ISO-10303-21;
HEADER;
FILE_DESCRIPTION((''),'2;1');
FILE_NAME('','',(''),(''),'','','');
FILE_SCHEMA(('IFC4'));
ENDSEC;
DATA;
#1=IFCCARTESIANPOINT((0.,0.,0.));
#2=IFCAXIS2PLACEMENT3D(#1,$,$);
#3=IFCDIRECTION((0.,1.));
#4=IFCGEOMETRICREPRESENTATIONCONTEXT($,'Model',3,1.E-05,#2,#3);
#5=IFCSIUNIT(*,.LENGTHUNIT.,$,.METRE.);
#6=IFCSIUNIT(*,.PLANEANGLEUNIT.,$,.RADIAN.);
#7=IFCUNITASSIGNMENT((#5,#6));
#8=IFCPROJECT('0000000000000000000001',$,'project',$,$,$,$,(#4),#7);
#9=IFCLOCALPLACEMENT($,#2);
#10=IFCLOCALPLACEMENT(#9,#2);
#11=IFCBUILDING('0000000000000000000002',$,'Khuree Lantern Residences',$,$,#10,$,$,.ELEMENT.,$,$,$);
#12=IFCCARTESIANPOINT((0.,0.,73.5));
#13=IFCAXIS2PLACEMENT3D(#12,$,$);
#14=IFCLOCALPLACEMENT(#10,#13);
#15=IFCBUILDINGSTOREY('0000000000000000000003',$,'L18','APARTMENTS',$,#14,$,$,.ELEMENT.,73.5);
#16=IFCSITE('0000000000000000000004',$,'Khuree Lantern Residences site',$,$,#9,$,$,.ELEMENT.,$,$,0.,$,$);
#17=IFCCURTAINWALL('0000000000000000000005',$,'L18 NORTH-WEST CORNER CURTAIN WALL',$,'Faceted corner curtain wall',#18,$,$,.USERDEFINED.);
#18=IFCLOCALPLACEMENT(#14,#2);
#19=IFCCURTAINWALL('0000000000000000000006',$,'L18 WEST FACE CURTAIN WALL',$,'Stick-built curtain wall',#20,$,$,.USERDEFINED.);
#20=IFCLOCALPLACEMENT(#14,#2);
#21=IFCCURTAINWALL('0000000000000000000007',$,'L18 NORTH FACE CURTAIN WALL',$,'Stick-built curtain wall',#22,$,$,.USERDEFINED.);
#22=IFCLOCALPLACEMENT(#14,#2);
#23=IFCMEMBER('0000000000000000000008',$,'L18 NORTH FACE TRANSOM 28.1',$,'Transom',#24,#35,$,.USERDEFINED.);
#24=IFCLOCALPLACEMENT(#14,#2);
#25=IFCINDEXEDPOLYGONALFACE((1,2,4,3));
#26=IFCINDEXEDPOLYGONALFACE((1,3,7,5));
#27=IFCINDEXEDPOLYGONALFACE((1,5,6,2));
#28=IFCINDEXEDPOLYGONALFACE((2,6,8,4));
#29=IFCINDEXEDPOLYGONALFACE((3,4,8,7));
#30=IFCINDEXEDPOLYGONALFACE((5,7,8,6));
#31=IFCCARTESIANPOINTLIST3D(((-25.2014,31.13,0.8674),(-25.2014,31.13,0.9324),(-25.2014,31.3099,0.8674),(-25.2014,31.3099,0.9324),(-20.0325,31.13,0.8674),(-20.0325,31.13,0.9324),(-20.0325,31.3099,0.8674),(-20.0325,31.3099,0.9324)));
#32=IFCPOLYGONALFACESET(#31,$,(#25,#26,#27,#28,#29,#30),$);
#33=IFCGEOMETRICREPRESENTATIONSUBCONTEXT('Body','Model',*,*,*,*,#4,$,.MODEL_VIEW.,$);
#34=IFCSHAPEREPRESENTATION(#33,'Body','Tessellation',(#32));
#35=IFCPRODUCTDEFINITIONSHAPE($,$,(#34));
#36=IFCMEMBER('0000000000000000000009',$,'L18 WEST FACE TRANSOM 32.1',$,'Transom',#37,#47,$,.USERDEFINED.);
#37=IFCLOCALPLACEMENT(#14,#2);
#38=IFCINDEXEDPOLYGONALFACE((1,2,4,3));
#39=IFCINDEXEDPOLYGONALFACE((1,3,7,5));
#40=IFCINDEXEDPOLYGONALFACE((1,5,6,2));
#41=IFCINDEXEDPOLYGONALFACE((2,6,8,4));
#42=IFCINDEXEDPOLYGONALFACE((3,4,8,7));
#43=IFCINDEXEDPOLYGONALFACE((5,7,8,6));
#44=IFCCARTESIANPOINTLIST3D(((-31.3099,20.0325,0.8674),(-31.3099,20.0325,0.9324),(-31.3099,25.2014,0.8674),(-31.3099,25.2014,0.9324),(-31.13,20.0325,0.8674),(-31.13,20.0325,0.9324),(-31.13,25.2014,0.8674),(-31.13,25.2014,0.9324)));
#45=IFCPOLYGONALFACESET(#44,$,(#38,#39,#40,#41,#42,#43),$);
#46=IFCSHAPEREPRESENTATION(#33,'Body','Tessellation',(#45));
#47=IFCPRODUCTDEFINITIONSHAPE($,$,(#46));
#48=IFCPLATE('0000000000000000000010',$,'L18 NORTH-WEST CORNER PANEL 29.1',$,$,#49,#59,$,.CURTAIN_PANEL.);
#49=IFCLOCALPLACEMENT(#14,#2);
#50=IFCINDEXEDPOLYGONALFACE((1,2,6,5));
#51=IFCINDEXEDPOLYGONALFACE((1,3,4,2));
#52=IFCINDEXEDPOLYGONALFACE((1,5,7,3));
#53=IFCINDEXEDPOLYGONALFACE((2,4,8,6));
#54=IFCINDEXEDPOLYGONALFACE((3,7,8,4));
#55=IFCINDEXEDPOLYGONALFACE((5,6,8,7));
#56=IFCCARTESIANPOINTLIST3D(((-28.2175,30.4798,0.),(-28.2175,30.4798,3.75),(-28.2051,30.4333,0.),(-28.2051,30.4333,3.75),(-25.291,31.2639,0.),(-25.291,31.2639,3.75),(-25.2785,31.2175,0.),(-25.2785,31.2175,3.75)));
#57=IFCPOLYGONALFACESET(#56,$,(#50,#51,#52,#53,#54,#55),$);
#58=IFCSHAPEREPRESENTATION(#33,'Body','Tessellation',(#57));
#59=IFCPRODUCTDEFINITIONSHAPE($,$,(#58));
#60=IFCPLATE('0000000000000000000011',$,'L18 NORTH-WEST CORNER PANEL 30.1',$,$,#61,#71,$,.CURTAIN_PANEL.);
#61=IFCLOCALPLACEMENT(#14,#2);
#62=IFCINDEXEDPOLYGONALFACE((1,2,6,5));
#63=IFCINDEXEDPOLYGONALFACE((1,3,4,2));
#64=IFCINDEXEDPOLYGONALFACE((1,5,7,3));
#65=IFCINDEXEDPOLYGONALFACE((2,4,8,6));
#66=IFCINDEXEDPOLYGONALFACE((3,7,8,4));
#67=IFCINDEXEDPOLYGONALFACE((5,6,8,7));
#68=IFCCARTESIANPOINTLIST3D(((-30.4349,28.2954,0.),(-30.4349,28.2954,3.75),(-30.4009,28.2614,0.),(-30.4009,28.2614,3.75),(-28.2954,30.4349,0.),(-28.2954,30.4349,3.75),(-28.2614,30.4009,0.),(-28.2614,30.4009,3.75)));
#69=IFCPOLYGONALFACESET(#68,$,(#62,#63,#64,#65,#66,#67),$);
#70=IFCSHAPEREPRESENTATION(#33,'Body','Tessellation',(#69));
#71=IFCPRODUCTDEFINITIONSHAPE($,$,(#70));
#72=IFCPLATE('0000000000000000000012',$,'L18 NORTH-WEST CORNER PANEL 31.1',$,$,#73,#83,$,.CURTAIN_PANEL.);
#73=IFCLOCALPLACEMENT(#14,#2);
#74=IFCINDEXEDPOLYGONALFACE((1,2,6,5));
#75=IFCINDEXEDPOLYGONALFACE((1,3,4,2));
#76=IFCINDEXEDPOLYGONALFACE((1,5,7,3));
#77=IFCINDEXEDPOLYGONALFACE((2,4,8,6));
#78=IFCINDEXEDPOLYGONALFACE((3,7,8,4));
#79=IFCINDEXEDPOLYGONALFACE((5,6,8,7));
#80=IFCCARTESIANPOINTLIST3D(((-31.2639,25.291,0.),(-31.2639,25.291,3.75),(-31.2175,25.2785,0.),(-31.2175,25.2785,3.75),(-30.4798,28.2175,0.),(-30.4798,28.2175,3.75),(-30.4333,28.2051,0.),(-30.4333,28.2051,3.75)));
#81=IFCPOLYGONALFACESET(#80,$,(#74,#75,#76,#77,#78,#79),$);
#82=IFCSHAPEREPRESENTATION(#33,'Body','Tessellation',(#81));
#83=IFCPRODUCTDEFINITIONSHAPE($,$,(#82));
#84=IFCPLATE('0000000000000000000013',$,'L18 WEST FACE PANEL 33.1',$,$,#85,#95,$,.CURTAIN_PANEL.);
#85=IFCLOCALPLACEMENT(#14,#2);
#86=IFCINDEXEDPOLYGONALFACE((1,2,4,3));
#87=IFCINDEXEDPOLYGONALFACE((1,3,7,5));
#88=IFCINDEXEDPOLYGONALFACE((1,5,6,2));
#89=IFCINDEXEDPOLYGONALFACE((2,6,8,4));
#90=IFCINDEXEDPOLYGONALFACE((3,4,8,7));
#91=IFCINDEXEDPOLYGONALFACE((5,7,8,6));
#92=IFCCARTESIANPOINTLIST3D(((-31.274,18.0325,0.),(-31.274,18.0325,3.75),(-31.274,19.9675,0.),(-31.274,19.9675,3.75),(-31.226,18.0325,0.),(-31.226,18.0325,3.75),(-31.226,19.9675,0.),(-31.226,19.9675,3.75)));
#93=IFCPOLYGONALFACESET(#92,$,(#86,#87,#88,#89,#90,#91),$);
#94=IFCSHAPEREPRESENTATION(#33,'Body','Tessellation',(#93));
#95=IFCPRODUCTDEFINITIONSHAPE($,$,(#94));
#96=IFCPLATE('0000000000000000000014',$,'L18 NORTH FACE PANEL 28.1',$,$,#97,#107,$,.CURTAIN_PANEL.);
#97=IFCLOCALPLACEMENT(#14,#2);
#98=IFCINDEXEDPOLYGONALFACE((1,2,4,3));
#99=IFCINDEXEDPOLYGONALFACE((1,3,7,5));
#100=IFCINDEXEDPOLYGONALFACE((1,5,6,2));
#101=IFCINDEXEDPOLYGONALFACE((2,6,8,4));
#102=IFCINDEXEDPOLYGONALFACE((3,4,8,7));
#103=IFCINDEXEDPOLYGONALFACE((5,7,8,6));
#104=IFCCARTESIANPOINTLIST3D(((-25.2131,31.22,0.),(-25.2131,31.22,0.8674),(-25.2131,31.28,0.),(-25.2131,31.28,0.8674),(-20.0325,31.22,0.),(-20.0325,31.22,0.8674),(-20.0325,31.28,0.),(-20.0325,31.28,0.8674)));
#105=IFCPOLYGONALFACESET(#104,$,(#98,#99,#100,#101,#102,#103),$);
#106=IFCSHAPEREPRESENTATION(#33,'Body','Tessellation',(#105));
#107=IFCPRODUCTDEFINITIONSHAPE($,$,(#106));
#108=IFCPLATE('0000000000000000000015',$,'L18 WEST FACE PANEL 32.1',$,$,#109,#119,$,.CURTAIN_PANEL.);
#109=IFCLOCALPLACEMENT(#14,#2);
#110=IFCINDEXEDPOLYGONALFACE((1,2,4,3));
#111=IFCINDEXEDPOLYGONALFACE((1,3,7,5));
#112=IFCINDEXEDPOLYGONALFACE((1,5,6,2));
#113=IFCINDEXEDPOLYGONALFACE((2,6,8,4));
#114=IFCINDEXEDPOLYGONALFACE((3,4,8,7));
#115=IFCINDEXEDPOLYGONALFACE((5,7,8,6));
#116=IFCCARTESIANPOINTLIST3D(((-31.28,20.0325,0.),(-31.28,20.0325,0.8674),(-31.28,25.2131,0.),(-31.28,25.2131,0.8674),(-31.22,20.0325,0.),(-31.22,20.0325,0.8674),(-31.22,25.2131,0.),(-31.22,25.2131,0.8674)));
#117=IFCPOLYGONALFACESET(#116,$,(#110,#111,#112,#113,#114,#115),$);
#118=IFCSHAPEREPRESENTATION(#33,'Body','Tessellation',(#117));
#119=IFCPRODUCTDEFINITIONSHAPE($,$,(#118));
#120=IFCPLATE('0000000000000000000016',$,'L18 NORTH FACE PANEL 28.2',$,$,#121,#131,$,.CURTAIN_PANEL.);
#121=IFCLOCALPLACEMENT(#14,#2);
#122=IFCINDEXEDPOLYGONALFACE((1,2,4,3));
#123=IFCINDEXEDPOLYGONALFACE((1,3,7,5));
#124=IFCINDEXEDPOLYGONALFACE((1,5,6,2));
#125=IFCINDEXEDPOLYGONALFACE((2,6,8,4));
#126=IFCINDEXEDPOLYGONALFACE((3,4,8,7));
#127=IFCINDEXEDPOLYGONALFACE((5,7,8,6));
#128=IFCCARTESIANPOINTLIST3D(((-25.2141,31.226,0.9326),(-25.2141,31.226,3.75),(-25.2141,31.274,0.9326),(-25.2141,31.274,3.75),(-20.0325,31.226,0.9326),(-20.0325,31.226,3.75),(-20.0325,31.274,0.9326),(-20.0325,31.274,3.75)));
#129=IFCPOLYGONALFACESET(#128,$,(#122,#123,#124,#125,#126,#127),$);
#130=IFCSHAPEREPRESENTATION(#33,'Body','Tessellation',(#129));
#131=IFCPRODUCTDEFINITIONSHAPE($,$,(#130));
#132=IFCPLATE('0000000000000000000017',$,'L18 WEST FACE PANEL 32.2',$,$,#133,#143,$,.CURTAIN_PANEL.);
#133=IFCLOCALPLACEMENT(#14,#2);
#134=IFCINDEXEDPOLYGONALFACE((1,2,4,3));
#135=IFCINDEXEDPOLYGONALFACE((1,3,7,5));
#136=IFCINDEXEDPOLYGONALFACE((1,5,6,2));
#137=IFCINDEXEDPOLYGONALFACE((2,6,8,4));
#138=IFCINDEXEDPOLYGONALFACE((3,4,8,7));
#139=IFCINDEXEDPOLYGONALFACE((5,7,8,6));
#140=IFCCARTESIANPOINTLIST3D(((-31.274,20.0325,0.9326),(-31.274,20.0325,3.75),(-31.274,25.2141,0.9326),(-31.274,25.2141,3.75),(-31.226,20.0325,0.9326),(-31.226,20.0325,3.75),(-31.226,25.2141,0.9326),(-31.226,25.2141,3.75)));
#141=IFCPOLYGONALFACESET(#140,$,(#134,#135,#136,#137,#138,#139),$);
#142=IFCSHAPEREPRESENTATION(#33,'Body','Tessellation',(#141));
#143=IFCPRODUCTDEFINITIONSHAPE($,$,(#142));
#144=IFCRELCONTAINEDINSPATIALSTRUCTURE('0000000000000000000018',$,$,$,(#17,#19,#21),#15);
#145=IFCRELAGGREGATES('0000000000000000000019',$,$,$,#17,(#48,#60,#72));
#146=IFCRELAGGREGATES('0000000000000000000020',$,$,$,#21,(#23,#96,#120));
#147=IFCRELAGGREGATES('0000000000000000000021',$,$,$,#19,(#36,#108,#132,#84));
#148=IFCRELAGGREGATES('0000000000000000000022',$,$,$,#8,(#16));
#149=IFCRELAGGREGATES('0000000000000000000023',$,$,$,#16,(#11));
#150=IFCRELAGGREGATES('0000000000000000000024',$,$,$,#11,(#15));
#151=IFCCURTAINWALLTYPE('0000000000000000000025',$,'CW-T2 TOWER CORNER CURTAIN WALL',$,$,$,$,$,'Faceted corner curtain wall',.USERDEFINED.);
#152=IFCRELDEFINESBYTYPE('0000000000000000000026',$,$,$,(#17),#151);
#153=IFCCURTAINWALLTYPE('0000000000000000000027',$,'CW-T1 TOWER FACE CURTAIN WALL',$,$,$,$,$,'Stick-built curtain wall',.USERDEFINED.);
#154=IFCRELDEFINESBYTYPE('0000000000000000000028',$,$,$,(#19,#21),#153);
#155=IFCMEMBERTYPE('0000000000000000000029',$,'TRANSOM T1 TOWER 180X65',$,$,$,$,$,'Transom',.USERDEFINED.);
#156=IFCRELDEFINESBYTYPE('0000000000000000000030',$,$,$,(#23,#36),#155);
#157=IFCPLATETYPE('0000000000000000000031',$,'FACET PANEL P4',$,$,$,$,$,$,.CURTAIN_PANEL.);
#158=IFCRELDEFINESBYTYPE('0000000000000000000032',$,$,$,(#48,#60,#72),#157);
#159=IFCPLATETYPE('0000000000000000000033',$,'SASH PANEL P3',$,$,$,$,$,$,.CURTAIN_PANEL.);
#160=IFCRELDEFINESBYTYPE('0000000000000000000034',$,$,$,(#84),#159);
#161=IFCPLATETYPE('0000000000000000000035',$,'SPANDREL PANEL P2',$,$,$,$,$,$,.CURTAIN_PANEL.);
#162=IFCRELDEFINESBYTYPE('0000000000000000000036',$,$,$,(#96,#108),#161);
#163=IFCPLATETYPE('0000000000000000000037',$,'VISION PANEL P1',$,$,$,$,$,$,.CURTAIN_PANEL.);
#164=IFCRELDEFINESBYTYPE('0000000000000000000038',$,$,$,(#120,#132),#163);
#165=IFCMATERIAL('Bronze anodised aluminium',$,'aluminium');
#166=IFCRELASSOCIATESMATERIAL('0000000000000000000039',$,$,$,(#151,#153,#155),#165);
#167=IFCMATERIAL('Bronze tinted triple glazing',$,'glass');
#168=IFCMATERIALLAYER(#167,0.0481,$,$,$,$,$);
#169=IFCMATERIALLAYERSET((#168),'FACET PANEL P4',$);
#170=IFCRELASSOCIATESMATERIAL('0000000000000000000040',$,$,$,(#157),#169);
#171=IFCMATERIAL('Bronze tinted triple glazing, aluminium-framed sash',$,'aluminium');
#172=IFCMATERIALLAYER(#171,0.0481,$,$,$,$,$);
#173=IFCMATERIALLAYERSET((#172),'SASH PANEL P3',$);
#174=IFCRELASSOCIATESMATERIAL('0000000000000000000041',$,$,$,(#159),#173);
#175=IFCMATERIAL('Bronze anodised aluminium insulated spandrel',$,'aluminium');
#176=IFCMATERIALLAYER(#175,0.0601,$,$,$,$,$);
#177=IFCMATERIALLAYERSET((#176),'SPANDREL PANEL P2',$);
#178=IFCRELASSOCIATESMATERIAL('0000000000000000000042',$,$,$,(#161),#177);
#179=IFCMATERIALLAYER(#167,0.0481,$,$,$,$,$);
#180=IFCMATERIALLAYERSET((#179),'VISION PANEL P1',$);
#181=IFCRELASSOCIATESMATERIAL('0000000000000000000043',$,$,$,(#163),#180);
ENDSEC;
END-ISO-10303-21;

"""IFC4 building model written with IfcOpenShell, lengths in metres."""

from ifc_helpers import new_model, si_unit, direction, frame, origin, origin_2d, place, context, subcontext, project, spatial, rectangle, extrude, material, layer, layer_set, material_profile, profile_set, type_object, element, aggregate, save


model = new_model("IFC4")

# Units and contexts
model_context = context("Model", 3, precision=1e-05, world=origin(), true_north=direction((0.0, 1.0)))
body_context = subcontext(model_context, "Body", "Model", "MODEL_VIEW")
ifc_project = project(units=[si_unit("LENGTHUNIT", "METRE"), si_unit("PLANEANGLEUNIT", "RADIAN")], contexts=[model_context])

# Site, building, storey
site_placement = place(None, origin())
site = spatial("IfcSite", under=ifc_project, at=site_placement, Name="Khuree Lantern Residences site", CompositionType="ELEMENT", RefElevation=0.0)
building_placement = place(site_placement, origin())
building = spatial("IfcBuilding", under=site, at=building_placement, Name="Khuree Lantern Residences", CompositionType="ELEMENT")
storey_placement = place(building_placement, frame((0.0, 0.0, 73.5)))
storey = spatial("IfcBuildingStorey", under=building, at=storey_placement, Name="L18", Description="APARTMENTS", CompositionType="ELEMENT", Elevation=73.5)

# Curtain wall
ifc_material_1 = material(Name="Bronze anodised aluminium", Category="aluminium")
curtain_wall_type_1 = type_object("IfcCurtainWallType", Name="CW-T2 TOWER CORNER CURTAIN WALL", ElementType="Faceted corner curtain wall", PredefinedType="USERDEFINED", material=ifc_material_1)
curtain_wall_1_placement = place(storey_placement, origin())
curtain_wall_1 = element("IfcCurtainWall", 1, at=curtain_wall_1_placement, inside=storey, type_object=curtain_wall_type_1, Name="L18 NORTH-WEST CORNER CURTAIN WALL", ObjectType="Faceted corner curtain wall", PredefinedType="USERDEFINED")

# Curtain wall
curtain_wall_type_2 = type_object("IfcCurtainWallType", Name="CW-T1 TOWER FACE CURTAIN WALL", ElementType="Stick-built curtain wall", PredefinedType="USERDEFINED", material=ifc_material_1)
curtain_wall_2_placement = place(storey_placement, origin())
curtain_wall_2 = element("IfcCurtainWall", 2, at=curtain_wall_2_placement, inside=storey, type_object=curtain_wall_type_2, Name="L18 WEST FACE CURTAIN WALL", ObjectType="Stick-built curtain wall", PredefinedType="USERDEFINED")

# Curtain wall, member
curtain_wall_3_placement = place(storey_placement, origin())
curtain_wall_3 = element("IfcCurtainWall", 3, at=curtain_wall_3_placement, inside=storey, type_object=curtain_wall_type_2, Name="L18 NORTH FACE CURTAIN WALL", ObjectType="Stick-built curtain wall", PredefinedType="USERDEFINED")
ifc_material_profile_1 = material_profile(ifc_material_1, rectangle(XDim=0.1799, YDim=0.0649, at=origin_2d()), Name="T1 180X65")
ifc_profile_set_1 = profile_set([ifc_material_profile_1], Name="Bronze anodised aluminium")
member_type_1 = type_object("IfcMemberType", Name="TRANSOM T1 TOWER 180X65", ElementType="Transom", PredefinedType="USERDEFINED", material=ifc_profile_set_1)
member_1_placement = place(storey_placement, frame((-20.0325, 31.22, 0.8999), z_axis=(-1.0, 0.0, 0.0), x_axis=(0.0, -1.0, 0.0)))
member_1 = element("IfcMember", 4, at=member_1_placement, type_object=member_type_1, Name="L18 NORTH FACE TRANSOM 28.1", ObjectType="Transom", PredefinedType="USERDEFINED", context=body_context, shape_type="SweptSolid", body=[
    extrude(rectangle(XDim=0.1799, YDim=0.0649, at=origin_2d()), origin(), (0.0, 0.0, 1.0), 5.1689),
])

# Member
member_2_placement = place(storey_placement, frame((-31.22, 25.2014, 0.8999), z_axis=(0.0, -1.0, 0.0), x_axis=(1.0, 0.0, 0.0)))
member_2 = element("IfcMember", 5, at=member_2_placement, type_object=member_type_1, Name="L18 WEST FACE TRANSOM 32.1", ObjectType="Transom", PredefinedType="USERDEFINED", context=body_context, shape_type="SweptSolid", body=[
    extrude(rectangle(XDim=0.1799, YDim=0.0649, at=origin_2d()), origin(), (0.0, 0.0, 1.0), 5.1689),
])

# Plates
ifc_material_2 = material(Name="Bronze tinted triple glazing", Category="glass")
ifc_layer_1 = layer(ifc_material_2, 0.0481)
ifc_layer_set_1 = layer_set([ifc_layer_1], Name="FACET PANEL P4")
plate_type_1 = type_object("IfcPlateType", Name="FACET PANEL P4", PredefinedType="CURTAIN_PANEL", material=ifc_layer_set_1)
plate_1_placement = place(storey_placement, frame((-26.748, 30.8486, 0.0), z_axis=(0.0, 0.0, 1.0), x_axis=(-0.965926, -0.258819, 0.0)))
plate_1 = element("IfcPlate", 6, at=plate_1_placement, type_object=plate_type_1, Name="L18 NORTH-WEST CORNER PANEL 29.1", PredefinedType="CURTAIN_PANEL", context=body_context, shape_type="SweptSolid", body=[
    extrude(rectangle(XDim=3.0298, YDim=0.0481, at=origin_2d()), origin(), (0.0, 0.0, 1.0), 3.75),
])
plate_2_placement = place(storey_placement, frame((-29.3481, 29.3481, 0.0), z_axis=(0.0, 0.0, 1.0), x_axis=(-0.707107, -0.707107, 0.0)))
plate_2 = element("IfcPlate", 7, at=plate_2_placement, type_object=plate_type_1, Name="L18 NORTH-WEST CORNER PANEL 30.1", PredefinedType="CURTAIN_PANEL", context=body_context, shape_type="SweptSolid", body=[
    extrude(rectangle(XDim=3.0256, YDim=0.0481, at=origin_2d()), origin(), (0.0, 0.0, 1.0), 3.75),
])
plate_3_placement = place(storey_placement, frame((-30.8486, 26.748, 0.0), z_axis=(0.0, 0.0, 1.0), x_axis=(-0.258819, -0.965926, 0.0)))
plate_3 = element("IfcPlate", 8, at=plate_3_placement, type_object=plate_type_1, Name="L18 NORTH-WEST CORNER PANEL 31.1", PredefinedType="CURTAIN_PANEL", context=body_context, shape_type="SweptSolid", body=[
    extrude(rectangle(XDim=3.0298, YDim=0.0481, at=origin_2d()), origin(), (0.0, 0.0, 1.0), 3.75),
])
aggregate(curtain_wall_1, [plate_1, plate_2, plate_3])
ifc_material_3 = material(Name="Bronze tinted triple glazing, aluminium-framed sash", Category="aluminium")
ifc_layer_2 = layer(ifc_material_3, 0.0481)
ifc_layer_set_2 = layer_set([ifc_layer_2], Name="SASH PANEL P3")
plate_type_2 = type_object("IfcPlateType", Name="SASH PANEL P3", PredefinedType="CURTAIN_PANEL", material=ifc_layer_set_2)
plate_4_placement = place(storey_placement, frame((-31.25, 19.0, 0.0), z_axis=(0.0, 0.0, 1.0), x_axis=(0.0, -1.0, 0.0)))
plate_4 = element("IfcPlate", 9, at=plate_4_placement, type_object=plate_type_2, Name="L18 WEST FACE PANEL 33.1", PredefinedType="CURTAIN_PANEL", context=body_context, shape_type="SweptSolid", body=[
    extrude(rectangle(XDim=1.9351, YDim=0.0481, at=origin_2d()), origin(), (0.0, 0.0, 1.0), 3.75),
])
ifc_material_4 = material(Name="Bronze anodised aluminium insulated spandrel", Category="aluminium")
ifc_layer_3 = layer(ifc_material_4, 0.0601)
ifc_layer_set_3 = layer_set([ifc_layer_3], Name="SPANDREL PANEL P2")
plate_type_3 = type_object("IfcPlateType", Name="SPANDREL PANEL P2", PredefinedType="CURTAIN_PANEL", material=ifc_layer_set_3)
plate_5_placement = place(storey_placement, frame((-22.6228, 31.25, 0.0), z_axis=(0.0, 0.0, 1.0), x_axis=(-1.0, 0.0, 0.0)))
plate_5 = element("IfcPlate", 10, at=plate_5_placement, type_object=plate_type_3, Name="L18 NORTH FACE PANEL 28.1", PredefinedType="CURTAIN_PANEL", context=body_context, shape_type="SweptSolid", body=[
    extrude(rectangle(XDim=5.1807, YDim=0.0601, at=origin_2d()), origin(), (0.0, 0.0, 1.0), 0.8674),
])
plate_6_placement = place(storey_placement, frame((-31.25, 22.6228, 0.0), z_axis=(0.0, 0.0, 1.0), x_axis=(0.0, -1.0, 0.0)))
plate_6 = element("IfcPlate", 11, at=plate_6_placement, type_object=plate_type_3, Name="L18 WEST FACE PANEL 32.1", PredefinedType="CURTAIN_PANEL", context=body_context, shape_type="SweptSolid", body=[
    extrude(rectangle(XDim=5.1807, YDim=0.0601, at=origin_2d()), origin(), (0.0, 0.0, 1.0), 0.8674),
])
ifc_layer_4 = layer(ifc_material_2, 0.0481)
ifc_layer_set_4 = layer_set([ifc_layer_4], Name="VISION PANEL P1")
plate_type_4 = type_object("IfcPlateType", Name="VISION PANEL P1", PredefinedType="CURTAIN_PANEL", material=ifc_layer_set_4)
plate_7_placement = place(storey_placement, frame((-22.6233, 31.25, 0.9326), z_axis=(0.0, 0.0, 1.0), x_axis=(-1.0, 0.0, 0.0)))
plate_7 = element("IfcPlate", 12, at=plate_7_placement, type_object=plate_type_4, Name="L18 NORTH FACE PANEL 28.2", PredefinedType="CURTAIN_PANEL", context=body_context, shape_type="SweptSolid", body=[
    extrude(rectangle(XDim=5.1816, YDim=0.0481, at=origin_2d()), origin(), (0.0, 0.0, 1.0), 2.8174),
])
aggregate(curtain_wall_3, [member_1, plate_5, plate_7])
plate_8_placement = place(storey_placement, frame((-31.25, 22.6233, 0.9326), z_axis=(0.0, 0.0, 1.0), x_axis=(0.0, -1.0, 0.0)))
plate_8 = element("IfcPlate", 13, at=plate_8_placement, type_object=plate_type_4, Name="L18 WEST FACE PANEL 32.2", PredefinedType="CURTAIN_PANEL", context=body_context, shape_type="SweptSolid", body=[
    extrude(rectangle(XDim=5.1816, YDim=0.0481, at=origin_2d()), origin(), (0.0, 0.0, 1.0), 2.8174),
])
aggregate(curtain_wall_2, [member_2, plate_6, plate_8, plate_4])

save(model, "model.ifc")
